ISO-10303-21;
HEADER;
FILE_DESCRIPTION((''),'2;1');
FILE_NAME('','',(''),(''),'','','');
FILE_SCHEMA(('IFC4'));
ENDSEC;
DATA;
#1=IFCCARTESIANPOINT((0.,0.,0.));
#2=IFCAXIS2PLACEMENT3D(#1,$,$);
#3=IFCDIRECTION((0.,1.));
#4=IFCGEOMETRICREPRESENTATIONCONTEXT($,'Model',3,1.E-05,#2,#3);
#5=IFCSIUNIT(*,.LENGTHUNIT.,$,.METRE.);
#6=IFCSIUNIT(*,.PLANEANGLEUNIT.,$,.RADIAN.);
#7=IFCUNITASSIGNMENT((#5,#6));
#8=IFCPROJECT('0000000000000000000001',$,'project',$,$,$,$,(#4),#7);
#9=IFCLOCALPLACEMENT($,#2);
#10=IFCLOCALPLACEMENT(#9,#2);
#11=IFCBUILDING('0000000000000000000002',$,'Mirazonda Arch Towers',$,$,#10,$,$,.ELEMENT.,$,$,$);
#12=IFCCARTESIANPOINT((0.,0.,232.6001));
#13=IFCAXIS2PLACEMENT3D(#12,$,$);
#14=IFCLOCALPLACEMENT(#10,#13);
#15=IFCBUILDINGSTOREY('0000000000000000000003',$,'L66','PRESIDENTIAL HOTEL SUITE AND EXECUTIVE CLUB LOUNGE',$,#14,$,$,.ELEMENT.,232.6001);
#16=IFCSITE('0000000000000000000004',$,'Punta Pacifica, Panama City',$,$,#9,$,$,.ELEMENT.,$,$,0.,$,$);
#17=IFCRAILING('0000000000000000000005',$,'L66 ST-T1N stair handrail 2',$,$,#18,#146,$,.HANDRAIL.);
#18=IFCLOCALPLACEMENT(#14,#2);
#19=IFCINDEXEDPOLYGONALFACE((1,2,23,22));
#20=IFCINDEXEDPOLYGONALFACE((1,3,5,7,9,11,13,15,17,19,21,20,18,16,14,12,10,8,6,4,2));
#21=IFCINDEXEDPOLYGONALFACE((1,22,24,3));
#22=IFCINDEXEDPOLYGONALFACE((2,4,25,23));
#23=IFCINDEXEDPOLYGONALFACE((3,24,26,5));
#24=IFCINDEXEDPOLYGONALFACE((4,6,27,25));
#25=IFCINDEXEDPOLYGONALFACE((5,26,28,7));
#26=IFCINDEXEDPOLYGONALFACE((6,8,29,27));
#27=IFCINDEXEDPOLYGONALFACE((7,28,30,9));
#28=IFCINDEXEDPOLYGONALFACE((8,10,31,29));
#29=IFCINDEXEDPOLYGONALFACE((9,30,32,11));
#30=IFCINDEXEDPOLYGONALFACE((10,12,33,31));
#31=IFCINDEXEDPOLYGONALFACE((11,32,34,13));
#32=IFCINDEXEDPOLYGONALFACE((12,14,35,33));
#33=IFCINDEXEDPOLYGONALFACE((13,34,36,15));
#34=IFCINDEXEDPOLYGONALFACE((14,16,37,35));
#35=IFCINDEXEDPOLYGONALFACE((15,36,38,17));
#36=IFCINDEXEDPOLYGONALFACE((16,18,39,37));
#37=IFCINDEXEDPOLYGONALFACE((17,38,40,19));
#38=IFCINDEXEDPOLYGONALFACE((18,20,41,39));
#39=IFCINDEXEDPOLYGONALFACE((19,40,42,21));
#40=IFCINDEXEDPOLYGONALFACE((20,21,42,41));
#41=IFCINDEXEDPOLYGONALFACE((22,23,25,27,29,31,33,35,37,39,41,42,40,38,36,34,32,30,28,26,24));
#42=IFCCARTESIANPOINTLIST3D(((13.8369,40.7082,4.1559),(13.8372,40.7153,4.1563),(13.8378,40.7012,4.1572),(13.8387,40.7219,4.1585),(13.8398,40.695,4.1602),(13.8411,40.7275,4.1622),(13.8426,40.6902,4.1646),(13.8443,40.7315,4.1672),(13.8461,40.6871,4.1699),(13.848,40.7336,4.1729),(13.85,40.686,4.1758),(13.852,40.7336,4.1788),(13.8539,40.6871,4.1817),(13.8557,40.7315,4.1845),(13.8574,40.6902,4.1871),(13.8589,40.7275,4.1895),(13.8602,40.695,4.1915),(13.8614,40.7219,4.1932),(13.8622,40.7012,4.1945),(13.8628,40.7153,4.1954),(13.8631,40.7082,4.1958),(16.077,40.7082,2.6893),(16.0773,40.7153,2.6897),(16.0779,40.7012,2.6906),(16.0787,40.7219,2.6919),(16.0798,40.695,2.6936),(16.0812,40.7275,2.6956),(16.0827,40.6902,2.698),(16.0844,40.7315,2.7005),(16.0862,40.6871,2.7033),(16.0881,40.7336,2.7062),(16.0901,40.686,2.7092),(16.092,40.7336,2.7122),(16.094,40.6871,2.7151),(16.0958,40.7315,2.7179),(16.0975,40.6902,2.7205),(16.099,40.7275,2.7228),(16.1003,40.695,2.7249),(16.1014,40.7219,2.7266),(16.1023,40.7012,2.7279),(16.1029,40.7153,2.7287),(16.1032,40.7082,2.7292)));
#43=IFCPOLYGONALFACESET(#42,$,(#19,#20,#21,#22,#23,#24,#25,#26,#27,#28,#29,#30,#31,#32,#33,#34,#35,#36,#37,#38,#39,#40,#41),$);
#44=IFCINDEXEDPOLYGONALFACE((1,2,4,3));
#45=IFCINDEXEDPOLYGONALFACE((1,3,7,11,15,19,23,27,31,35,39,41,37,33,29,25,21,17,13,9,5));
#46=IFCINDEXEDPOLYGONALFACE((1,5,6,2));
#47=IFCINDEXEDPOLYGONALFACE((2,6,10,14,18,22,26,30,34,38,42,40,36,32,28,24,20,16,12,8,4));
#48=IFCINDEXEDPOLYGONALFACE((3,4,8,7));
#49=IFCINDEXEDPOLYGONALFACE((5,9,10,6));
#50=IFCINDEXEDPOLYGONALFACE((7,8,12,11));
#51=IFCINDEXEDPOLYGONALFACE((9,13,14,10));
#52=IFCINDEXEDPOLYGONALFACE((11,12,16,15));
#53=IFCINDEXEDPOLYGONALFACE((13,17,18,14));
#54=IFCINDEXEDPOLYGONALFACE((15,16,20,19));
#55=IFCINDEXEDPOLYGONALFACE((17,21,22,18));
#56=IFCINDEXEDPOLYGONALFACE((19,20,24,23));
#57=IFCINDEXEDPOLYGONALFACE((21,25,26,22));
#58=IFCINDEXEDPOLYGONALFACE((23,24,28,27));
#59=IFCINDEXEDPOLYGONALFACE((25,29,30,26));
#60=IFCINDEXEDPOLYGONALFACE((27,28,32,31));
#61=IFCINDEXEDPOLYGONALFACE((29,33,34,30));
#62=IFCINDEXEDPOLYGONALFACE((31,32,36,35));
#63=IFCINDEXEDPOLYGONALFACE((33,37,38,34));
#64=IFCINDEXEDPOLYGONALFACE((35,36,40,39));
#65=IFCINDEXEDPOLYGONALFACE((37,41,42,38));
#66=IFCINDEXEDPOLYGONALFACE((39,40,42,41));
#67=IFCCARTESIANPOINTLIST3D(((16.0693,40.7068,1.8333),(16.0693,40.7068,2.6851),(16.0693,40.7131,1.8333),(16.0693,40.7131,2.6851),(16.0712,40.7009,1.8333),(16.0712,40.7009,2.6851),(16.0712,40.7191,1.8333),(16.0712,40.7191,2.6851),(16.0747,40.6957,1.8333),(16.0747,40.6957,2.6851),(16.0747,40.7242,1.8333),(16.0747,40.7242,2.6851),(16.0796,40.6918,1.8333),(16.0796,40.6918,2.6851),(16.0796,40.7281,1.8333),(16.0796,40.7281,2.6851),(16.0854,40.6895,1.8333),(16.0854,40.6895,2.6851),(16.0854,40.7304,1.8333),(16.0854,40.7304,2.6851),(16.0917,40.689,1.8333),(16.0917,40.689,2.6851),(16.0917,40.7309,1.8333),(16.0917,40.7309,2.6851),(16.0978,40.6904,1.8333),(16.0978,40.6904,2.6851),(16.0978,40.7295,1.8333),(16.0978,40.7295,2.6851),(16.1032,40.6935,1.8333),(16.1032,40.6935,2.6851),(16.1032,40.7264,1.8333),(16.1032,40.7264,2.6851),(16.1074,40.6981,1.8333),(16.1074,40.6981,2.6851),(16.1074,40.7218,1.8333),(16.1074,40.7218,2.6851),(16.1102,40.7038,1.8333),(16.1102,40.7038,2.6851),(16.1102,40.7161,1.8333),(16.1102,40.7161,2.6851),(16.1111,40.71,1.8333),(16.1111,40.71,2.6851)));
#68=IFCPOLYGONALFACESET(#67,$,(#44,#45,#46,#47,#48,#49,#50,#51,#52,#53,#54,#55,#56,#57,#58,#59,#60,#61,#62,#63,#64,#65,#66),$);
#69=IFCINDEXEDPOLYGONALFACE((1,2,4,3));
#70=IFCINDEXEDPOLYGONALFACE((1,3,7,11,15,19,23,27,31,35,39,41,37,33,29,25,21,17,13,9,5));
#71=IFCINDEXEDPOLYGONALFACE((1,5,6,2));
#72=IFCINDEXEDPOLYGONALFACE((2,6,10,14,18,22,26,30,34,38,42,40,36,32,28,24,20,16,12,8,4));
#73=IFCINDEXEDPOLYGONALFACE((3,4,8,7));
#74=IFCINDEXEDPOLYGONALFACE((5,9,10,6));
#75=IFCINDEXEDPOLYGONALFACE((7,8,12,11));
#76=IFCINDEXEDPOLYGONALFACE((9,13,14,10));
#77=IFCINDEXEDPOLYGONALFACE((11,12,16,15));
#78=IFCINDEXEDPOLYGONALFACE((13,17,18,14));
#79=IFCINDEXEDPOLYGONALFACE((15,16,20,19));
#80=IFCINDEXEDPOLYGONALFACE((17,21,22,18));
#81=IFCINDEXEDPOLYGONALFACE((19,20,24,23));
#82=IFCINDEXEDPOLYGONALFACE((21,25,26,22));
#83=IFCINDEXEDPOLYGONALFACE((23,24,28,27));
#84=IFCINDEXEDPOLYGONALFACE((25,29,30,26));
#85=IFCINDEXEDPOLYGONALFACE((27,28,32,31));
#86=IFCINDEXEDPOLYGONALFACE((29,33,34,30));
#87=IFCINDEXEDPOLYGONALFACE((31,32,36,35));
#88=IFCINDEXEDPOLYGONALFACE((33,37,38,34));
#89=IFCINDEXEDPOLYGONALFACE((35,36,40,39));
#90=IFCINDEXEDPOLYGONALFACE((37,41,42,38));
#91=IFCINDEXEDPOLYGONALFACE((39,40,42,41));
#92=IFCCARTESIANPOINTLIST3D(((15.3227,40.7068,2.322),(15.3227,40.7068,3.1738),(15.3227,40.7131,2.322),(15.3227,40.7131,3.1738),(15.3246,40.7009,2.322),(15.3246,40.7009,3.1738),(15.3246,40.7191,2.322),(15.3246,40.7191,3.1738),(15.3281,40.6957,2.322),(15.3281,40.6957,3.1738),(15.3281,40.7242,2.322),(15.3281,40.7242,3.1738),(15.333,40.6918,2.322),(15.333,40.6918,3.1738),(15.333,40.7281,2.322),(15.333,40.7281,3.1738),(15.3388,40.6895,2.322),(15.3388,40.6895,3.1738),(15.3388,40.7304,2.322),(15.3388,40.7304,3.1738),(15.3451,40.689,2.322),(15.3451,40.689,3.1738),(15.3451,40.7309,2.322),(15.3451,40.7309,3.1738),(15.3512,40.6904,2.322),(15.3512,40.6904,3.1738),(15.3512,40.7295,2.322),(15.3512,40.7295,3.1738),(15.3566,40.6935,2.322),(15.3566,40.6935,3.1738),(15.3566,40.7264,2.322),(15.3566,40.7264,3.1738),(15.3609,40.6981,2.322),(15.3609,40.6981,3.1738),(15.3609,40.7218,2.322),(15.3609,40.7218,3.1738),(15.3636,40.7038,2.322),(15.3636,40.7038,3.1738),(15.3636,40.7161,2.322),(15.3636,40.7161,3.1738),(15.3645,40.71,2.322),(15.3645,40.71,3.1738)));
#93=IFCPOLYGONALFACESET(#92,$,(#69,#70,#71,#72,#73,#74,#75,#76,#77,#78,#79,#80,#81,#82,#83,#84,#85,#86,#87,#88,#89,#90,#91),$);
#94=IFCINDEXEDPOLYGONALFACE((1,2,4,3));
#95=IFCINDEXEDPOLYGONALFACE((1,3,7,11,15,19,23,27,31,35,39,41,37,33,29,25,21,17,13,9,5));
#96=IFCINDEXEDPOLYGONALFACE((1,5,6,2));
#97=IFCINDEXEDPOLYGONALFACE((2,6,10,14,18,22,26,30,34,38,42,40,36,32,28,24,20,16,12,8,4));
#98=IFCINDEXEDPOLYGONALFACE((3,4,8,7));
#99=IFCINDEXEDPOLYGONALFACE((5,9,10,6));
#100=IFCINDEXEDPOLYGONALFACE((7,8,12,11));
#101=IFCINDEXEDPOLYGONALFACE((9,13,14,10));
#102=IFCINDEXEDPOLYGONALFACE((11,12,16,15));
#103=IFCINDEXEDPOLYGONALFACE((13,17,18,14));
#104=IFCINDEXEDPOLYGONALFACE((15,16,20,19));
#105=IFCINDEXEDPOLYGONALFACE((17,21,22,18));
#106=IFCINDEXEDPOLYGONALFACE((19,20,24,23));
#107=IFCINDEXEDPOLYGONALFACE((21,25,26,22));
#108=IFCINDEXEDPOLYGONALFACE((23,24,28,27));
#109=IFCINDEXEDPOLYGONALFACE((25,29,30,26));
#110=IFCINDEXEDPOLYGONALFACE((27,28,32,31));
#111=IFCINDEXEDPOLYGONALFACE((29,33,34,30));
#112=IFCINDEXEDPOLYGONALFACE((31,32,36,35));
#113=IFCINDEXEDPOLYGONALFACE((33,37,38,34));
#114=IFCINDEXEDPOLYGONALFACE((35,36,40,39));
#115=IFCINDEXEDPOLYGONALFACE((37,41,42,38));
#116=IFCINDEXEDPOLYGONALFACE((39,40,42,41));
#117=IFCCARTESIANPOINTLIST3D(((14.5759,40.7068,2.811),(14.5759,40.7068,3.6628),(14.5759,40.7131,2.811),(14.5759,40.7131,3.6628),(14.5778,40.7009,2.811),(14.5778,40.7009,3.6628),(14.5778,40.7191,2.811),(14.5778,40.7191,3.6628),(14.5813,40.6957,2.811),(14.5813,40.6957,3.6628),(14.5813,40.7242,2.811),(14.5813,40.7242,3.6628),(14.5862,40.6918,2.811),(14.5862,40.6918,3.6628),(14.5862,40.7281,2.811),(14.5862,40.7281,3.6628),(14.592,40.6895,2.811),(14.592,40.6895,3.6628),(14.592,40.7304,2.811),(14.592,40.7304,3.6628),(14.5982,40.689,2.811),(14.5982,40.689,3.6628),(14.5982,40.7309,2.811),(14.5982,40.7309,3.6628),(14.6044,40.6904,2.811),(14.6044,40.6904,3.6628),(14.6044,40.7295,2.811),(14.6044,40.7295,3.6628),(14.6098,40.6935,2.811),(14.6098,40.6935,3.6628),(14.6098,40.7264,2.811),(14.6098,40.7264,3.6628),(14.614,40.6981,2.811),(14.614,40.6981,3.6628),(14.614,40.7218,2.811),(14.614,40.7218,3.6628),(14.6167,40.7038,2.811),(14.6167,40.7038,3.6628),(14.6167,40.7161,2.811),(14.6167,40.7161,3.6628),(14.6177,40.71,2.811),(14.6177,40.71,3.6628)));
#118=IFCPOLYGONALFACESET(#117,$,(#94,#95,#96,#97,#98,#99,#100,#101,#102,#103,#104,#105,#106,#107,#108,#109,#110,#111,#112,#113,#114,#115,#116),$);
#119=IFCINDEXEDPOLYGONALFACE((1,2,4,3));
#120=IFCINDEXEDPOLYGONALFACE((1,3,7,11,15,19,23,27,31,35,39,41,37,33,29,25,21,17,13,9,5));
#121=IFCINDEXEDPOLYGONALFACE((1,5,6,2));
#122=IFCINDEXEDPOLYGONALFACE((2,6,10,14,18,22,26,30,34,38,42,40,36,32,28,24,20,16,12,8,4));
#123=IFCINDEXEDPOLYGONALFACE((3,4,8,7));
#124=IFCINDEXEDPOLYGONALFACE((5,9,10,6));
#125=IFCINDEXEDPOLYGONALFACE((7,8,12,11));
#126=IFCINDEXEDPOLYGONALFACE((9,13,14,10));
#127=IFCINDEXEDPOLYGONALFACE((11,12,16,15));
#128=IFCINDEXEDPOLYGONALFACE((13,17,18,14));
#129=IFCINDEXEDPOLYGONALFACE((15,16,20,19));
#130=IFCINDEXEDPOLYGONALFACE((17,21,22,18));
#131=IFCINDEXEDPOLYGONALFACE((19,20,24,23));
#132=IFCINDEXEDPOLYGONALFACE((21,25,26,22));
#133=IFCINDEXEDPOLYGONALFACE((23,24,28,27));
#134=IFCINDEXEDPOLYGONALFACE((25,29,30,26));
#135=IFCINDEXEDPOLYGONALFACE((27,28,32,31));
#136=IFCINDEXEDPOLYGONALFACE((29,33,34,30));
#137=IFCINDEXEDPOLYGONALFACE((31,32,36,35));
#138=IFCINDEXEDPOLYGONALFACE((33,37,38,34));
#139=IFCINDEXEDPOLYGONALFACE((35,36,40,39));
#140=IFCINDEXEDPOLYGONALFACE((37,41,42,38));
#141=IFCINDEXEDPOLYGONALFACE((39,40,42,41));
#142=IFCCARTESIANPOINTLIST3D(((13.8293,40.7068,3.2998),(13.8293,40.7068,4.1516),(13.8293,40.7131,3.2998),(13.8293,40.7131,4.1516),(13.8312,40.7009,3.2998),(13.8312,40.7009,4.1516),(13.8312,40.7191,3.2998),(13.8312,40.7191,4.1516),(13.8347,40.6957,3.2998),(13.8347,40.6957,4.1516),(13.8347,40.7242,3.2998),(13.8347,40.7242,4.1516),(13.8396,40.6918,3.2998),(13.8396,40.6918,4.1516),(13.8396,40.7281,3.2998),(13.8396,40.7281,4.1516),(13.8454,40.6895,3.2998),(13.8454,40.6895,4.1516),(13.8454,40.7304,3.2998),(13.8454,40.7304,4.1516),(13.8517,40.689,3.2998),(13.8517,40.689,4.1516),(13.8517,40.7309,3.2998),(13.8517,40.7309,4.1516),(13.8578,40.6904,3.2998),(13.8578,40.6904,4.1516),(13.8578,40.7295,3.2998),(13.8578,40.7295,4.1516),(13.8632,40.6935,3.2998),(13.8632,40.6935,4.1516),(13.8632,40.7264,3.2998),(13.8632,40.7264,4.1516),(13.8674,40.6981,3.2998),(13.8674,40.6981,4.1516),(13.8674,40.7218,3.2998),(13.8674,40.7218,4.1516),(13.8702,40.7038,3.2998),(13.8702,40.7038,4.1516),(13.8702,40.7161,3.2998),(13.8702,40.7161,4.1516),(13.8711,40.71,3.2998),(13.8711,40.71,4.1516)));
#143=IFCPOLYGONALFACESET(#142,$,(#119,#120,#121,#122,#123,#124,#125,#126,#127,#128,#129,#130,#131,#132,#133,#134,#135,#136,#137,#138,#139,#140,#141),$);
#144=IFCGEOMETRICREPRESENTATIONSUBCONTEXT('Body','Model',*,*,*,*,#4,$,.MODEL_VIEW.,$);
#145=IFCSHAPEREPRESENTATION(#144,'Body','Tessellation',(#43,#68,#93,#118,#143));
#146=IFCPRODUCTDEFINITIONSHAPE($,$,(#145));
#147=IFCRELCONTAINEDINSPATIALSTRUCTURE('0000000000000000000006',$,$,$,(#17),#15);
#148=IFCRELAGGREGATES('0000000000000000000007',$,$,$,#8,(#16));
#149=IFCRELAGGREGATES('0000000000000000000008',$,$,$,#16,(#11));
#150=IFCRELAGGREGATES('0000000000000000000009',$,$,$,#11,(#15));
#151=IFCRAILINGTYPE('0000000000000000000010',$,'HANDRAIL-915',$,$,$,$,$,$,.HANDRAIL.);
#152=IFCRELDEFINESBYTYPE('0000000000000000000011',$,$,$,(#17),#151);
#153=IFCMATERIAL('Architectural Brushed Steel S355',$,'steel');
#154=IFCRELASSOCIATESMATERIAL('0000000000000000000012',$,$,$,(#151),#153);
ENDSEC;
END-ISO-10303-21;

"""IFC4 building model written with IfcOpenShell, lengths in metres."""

from ifc_helpers import new_model, si_unit, direction, frame, origin, origin_2d, place, context, subcontext, project, spatial, circle, extrude, material, type_object, element, save


model = new_model("IFC4")

# Units and contexts
model_context = context("Model", 3, precision=1e-05, world=origin(), true_north=direction((0.0, 1.0)))
body_context = subcontext(model_context, "Body", "Model", "MODEL_VIEW")
ifc_project = project(units=[si_unit("LENGTHUNIT", "METRE"), si_unit("PLANEANGLEUNIT", "RADIAN")], contexts=[model_context])

# Site, building, storey
site_placement = place(None, origin())
site = spatial("IfcSite", under=ifc_project, at=site_placement, Name="Punta Pacifica, Panama City", CompositionType="ELEMENT", RefElevation=0.0)
building_placement = place(site_placement, origin())
building = spatial("IfcBuilding", under=site, at=building_placement, Name="Mirazonda Arch Towers", CompositionType="ELEMENT")
storey_placement = place(building_placement, frame((0.0, 0.0, 232.6001)))
storey = spatial("IfcBuildingStorey", under=building, at=storey_placement, Name="L66", Description="PRESIDENTIAL HOTEL SUITE AND EXECUTIVE CLUB LOUNGE", CompositionType="ELEMENT", Elevation=232.6001)

# Railing
ifc_material_1 = material(Name="Architectural Brushed Steel S355", Category="steel")
railing_type_1 = type_object("IfcRailingType", Name="HANDRAIL-915", PredefinedType="HANDRAIL", material=ifc_material_1)
railing_1_placement = place(storey_placement, frame((16.0901, 40.71, 1.8333)))
element("IfcRailing", 1, at=railing_1_placement, inside=storey, type_object=railing_type_1, Name="L66 ST-T1N stair handrail 2", PredefinedType="HANDRAIL", context=body_context, shape_type="SweptSolid", body=[
    extrude(circle(Radius=0.0239, at=origin_2d()), frame((0.0, 0.0, 0.876), z_axis=(-0.836637, 0.0, 0.547758), x_axis=(0.0, -1.0, 0.0)), (0.0, 0.0, 1.0), 2.6775),
    extrude(circle(Radius=0.021, at=origin_2d()), origin(), (0.0, 0.0, 1.0), 0.8518),
    extrude(circle(Radius=0.021, at=origin_2d()), frame((-0.7466, 0.0, 0.4888)), (0.0, 0.0, 1.0), 0.8518),
    extrude(circle(Radius=0.021, at=origin_2d()), frame((-1.4934, 0.0, 0.9778)), (0.0, 0.0, 1.0), 0.8518),
    extrude(circle(Radius=0.021, at=origin_2d()), frame((-2.24, 0.0, 1.4666)), (0.0, 0.0, 1.0), 0.8518),
])

save(model, "model.ifc")
